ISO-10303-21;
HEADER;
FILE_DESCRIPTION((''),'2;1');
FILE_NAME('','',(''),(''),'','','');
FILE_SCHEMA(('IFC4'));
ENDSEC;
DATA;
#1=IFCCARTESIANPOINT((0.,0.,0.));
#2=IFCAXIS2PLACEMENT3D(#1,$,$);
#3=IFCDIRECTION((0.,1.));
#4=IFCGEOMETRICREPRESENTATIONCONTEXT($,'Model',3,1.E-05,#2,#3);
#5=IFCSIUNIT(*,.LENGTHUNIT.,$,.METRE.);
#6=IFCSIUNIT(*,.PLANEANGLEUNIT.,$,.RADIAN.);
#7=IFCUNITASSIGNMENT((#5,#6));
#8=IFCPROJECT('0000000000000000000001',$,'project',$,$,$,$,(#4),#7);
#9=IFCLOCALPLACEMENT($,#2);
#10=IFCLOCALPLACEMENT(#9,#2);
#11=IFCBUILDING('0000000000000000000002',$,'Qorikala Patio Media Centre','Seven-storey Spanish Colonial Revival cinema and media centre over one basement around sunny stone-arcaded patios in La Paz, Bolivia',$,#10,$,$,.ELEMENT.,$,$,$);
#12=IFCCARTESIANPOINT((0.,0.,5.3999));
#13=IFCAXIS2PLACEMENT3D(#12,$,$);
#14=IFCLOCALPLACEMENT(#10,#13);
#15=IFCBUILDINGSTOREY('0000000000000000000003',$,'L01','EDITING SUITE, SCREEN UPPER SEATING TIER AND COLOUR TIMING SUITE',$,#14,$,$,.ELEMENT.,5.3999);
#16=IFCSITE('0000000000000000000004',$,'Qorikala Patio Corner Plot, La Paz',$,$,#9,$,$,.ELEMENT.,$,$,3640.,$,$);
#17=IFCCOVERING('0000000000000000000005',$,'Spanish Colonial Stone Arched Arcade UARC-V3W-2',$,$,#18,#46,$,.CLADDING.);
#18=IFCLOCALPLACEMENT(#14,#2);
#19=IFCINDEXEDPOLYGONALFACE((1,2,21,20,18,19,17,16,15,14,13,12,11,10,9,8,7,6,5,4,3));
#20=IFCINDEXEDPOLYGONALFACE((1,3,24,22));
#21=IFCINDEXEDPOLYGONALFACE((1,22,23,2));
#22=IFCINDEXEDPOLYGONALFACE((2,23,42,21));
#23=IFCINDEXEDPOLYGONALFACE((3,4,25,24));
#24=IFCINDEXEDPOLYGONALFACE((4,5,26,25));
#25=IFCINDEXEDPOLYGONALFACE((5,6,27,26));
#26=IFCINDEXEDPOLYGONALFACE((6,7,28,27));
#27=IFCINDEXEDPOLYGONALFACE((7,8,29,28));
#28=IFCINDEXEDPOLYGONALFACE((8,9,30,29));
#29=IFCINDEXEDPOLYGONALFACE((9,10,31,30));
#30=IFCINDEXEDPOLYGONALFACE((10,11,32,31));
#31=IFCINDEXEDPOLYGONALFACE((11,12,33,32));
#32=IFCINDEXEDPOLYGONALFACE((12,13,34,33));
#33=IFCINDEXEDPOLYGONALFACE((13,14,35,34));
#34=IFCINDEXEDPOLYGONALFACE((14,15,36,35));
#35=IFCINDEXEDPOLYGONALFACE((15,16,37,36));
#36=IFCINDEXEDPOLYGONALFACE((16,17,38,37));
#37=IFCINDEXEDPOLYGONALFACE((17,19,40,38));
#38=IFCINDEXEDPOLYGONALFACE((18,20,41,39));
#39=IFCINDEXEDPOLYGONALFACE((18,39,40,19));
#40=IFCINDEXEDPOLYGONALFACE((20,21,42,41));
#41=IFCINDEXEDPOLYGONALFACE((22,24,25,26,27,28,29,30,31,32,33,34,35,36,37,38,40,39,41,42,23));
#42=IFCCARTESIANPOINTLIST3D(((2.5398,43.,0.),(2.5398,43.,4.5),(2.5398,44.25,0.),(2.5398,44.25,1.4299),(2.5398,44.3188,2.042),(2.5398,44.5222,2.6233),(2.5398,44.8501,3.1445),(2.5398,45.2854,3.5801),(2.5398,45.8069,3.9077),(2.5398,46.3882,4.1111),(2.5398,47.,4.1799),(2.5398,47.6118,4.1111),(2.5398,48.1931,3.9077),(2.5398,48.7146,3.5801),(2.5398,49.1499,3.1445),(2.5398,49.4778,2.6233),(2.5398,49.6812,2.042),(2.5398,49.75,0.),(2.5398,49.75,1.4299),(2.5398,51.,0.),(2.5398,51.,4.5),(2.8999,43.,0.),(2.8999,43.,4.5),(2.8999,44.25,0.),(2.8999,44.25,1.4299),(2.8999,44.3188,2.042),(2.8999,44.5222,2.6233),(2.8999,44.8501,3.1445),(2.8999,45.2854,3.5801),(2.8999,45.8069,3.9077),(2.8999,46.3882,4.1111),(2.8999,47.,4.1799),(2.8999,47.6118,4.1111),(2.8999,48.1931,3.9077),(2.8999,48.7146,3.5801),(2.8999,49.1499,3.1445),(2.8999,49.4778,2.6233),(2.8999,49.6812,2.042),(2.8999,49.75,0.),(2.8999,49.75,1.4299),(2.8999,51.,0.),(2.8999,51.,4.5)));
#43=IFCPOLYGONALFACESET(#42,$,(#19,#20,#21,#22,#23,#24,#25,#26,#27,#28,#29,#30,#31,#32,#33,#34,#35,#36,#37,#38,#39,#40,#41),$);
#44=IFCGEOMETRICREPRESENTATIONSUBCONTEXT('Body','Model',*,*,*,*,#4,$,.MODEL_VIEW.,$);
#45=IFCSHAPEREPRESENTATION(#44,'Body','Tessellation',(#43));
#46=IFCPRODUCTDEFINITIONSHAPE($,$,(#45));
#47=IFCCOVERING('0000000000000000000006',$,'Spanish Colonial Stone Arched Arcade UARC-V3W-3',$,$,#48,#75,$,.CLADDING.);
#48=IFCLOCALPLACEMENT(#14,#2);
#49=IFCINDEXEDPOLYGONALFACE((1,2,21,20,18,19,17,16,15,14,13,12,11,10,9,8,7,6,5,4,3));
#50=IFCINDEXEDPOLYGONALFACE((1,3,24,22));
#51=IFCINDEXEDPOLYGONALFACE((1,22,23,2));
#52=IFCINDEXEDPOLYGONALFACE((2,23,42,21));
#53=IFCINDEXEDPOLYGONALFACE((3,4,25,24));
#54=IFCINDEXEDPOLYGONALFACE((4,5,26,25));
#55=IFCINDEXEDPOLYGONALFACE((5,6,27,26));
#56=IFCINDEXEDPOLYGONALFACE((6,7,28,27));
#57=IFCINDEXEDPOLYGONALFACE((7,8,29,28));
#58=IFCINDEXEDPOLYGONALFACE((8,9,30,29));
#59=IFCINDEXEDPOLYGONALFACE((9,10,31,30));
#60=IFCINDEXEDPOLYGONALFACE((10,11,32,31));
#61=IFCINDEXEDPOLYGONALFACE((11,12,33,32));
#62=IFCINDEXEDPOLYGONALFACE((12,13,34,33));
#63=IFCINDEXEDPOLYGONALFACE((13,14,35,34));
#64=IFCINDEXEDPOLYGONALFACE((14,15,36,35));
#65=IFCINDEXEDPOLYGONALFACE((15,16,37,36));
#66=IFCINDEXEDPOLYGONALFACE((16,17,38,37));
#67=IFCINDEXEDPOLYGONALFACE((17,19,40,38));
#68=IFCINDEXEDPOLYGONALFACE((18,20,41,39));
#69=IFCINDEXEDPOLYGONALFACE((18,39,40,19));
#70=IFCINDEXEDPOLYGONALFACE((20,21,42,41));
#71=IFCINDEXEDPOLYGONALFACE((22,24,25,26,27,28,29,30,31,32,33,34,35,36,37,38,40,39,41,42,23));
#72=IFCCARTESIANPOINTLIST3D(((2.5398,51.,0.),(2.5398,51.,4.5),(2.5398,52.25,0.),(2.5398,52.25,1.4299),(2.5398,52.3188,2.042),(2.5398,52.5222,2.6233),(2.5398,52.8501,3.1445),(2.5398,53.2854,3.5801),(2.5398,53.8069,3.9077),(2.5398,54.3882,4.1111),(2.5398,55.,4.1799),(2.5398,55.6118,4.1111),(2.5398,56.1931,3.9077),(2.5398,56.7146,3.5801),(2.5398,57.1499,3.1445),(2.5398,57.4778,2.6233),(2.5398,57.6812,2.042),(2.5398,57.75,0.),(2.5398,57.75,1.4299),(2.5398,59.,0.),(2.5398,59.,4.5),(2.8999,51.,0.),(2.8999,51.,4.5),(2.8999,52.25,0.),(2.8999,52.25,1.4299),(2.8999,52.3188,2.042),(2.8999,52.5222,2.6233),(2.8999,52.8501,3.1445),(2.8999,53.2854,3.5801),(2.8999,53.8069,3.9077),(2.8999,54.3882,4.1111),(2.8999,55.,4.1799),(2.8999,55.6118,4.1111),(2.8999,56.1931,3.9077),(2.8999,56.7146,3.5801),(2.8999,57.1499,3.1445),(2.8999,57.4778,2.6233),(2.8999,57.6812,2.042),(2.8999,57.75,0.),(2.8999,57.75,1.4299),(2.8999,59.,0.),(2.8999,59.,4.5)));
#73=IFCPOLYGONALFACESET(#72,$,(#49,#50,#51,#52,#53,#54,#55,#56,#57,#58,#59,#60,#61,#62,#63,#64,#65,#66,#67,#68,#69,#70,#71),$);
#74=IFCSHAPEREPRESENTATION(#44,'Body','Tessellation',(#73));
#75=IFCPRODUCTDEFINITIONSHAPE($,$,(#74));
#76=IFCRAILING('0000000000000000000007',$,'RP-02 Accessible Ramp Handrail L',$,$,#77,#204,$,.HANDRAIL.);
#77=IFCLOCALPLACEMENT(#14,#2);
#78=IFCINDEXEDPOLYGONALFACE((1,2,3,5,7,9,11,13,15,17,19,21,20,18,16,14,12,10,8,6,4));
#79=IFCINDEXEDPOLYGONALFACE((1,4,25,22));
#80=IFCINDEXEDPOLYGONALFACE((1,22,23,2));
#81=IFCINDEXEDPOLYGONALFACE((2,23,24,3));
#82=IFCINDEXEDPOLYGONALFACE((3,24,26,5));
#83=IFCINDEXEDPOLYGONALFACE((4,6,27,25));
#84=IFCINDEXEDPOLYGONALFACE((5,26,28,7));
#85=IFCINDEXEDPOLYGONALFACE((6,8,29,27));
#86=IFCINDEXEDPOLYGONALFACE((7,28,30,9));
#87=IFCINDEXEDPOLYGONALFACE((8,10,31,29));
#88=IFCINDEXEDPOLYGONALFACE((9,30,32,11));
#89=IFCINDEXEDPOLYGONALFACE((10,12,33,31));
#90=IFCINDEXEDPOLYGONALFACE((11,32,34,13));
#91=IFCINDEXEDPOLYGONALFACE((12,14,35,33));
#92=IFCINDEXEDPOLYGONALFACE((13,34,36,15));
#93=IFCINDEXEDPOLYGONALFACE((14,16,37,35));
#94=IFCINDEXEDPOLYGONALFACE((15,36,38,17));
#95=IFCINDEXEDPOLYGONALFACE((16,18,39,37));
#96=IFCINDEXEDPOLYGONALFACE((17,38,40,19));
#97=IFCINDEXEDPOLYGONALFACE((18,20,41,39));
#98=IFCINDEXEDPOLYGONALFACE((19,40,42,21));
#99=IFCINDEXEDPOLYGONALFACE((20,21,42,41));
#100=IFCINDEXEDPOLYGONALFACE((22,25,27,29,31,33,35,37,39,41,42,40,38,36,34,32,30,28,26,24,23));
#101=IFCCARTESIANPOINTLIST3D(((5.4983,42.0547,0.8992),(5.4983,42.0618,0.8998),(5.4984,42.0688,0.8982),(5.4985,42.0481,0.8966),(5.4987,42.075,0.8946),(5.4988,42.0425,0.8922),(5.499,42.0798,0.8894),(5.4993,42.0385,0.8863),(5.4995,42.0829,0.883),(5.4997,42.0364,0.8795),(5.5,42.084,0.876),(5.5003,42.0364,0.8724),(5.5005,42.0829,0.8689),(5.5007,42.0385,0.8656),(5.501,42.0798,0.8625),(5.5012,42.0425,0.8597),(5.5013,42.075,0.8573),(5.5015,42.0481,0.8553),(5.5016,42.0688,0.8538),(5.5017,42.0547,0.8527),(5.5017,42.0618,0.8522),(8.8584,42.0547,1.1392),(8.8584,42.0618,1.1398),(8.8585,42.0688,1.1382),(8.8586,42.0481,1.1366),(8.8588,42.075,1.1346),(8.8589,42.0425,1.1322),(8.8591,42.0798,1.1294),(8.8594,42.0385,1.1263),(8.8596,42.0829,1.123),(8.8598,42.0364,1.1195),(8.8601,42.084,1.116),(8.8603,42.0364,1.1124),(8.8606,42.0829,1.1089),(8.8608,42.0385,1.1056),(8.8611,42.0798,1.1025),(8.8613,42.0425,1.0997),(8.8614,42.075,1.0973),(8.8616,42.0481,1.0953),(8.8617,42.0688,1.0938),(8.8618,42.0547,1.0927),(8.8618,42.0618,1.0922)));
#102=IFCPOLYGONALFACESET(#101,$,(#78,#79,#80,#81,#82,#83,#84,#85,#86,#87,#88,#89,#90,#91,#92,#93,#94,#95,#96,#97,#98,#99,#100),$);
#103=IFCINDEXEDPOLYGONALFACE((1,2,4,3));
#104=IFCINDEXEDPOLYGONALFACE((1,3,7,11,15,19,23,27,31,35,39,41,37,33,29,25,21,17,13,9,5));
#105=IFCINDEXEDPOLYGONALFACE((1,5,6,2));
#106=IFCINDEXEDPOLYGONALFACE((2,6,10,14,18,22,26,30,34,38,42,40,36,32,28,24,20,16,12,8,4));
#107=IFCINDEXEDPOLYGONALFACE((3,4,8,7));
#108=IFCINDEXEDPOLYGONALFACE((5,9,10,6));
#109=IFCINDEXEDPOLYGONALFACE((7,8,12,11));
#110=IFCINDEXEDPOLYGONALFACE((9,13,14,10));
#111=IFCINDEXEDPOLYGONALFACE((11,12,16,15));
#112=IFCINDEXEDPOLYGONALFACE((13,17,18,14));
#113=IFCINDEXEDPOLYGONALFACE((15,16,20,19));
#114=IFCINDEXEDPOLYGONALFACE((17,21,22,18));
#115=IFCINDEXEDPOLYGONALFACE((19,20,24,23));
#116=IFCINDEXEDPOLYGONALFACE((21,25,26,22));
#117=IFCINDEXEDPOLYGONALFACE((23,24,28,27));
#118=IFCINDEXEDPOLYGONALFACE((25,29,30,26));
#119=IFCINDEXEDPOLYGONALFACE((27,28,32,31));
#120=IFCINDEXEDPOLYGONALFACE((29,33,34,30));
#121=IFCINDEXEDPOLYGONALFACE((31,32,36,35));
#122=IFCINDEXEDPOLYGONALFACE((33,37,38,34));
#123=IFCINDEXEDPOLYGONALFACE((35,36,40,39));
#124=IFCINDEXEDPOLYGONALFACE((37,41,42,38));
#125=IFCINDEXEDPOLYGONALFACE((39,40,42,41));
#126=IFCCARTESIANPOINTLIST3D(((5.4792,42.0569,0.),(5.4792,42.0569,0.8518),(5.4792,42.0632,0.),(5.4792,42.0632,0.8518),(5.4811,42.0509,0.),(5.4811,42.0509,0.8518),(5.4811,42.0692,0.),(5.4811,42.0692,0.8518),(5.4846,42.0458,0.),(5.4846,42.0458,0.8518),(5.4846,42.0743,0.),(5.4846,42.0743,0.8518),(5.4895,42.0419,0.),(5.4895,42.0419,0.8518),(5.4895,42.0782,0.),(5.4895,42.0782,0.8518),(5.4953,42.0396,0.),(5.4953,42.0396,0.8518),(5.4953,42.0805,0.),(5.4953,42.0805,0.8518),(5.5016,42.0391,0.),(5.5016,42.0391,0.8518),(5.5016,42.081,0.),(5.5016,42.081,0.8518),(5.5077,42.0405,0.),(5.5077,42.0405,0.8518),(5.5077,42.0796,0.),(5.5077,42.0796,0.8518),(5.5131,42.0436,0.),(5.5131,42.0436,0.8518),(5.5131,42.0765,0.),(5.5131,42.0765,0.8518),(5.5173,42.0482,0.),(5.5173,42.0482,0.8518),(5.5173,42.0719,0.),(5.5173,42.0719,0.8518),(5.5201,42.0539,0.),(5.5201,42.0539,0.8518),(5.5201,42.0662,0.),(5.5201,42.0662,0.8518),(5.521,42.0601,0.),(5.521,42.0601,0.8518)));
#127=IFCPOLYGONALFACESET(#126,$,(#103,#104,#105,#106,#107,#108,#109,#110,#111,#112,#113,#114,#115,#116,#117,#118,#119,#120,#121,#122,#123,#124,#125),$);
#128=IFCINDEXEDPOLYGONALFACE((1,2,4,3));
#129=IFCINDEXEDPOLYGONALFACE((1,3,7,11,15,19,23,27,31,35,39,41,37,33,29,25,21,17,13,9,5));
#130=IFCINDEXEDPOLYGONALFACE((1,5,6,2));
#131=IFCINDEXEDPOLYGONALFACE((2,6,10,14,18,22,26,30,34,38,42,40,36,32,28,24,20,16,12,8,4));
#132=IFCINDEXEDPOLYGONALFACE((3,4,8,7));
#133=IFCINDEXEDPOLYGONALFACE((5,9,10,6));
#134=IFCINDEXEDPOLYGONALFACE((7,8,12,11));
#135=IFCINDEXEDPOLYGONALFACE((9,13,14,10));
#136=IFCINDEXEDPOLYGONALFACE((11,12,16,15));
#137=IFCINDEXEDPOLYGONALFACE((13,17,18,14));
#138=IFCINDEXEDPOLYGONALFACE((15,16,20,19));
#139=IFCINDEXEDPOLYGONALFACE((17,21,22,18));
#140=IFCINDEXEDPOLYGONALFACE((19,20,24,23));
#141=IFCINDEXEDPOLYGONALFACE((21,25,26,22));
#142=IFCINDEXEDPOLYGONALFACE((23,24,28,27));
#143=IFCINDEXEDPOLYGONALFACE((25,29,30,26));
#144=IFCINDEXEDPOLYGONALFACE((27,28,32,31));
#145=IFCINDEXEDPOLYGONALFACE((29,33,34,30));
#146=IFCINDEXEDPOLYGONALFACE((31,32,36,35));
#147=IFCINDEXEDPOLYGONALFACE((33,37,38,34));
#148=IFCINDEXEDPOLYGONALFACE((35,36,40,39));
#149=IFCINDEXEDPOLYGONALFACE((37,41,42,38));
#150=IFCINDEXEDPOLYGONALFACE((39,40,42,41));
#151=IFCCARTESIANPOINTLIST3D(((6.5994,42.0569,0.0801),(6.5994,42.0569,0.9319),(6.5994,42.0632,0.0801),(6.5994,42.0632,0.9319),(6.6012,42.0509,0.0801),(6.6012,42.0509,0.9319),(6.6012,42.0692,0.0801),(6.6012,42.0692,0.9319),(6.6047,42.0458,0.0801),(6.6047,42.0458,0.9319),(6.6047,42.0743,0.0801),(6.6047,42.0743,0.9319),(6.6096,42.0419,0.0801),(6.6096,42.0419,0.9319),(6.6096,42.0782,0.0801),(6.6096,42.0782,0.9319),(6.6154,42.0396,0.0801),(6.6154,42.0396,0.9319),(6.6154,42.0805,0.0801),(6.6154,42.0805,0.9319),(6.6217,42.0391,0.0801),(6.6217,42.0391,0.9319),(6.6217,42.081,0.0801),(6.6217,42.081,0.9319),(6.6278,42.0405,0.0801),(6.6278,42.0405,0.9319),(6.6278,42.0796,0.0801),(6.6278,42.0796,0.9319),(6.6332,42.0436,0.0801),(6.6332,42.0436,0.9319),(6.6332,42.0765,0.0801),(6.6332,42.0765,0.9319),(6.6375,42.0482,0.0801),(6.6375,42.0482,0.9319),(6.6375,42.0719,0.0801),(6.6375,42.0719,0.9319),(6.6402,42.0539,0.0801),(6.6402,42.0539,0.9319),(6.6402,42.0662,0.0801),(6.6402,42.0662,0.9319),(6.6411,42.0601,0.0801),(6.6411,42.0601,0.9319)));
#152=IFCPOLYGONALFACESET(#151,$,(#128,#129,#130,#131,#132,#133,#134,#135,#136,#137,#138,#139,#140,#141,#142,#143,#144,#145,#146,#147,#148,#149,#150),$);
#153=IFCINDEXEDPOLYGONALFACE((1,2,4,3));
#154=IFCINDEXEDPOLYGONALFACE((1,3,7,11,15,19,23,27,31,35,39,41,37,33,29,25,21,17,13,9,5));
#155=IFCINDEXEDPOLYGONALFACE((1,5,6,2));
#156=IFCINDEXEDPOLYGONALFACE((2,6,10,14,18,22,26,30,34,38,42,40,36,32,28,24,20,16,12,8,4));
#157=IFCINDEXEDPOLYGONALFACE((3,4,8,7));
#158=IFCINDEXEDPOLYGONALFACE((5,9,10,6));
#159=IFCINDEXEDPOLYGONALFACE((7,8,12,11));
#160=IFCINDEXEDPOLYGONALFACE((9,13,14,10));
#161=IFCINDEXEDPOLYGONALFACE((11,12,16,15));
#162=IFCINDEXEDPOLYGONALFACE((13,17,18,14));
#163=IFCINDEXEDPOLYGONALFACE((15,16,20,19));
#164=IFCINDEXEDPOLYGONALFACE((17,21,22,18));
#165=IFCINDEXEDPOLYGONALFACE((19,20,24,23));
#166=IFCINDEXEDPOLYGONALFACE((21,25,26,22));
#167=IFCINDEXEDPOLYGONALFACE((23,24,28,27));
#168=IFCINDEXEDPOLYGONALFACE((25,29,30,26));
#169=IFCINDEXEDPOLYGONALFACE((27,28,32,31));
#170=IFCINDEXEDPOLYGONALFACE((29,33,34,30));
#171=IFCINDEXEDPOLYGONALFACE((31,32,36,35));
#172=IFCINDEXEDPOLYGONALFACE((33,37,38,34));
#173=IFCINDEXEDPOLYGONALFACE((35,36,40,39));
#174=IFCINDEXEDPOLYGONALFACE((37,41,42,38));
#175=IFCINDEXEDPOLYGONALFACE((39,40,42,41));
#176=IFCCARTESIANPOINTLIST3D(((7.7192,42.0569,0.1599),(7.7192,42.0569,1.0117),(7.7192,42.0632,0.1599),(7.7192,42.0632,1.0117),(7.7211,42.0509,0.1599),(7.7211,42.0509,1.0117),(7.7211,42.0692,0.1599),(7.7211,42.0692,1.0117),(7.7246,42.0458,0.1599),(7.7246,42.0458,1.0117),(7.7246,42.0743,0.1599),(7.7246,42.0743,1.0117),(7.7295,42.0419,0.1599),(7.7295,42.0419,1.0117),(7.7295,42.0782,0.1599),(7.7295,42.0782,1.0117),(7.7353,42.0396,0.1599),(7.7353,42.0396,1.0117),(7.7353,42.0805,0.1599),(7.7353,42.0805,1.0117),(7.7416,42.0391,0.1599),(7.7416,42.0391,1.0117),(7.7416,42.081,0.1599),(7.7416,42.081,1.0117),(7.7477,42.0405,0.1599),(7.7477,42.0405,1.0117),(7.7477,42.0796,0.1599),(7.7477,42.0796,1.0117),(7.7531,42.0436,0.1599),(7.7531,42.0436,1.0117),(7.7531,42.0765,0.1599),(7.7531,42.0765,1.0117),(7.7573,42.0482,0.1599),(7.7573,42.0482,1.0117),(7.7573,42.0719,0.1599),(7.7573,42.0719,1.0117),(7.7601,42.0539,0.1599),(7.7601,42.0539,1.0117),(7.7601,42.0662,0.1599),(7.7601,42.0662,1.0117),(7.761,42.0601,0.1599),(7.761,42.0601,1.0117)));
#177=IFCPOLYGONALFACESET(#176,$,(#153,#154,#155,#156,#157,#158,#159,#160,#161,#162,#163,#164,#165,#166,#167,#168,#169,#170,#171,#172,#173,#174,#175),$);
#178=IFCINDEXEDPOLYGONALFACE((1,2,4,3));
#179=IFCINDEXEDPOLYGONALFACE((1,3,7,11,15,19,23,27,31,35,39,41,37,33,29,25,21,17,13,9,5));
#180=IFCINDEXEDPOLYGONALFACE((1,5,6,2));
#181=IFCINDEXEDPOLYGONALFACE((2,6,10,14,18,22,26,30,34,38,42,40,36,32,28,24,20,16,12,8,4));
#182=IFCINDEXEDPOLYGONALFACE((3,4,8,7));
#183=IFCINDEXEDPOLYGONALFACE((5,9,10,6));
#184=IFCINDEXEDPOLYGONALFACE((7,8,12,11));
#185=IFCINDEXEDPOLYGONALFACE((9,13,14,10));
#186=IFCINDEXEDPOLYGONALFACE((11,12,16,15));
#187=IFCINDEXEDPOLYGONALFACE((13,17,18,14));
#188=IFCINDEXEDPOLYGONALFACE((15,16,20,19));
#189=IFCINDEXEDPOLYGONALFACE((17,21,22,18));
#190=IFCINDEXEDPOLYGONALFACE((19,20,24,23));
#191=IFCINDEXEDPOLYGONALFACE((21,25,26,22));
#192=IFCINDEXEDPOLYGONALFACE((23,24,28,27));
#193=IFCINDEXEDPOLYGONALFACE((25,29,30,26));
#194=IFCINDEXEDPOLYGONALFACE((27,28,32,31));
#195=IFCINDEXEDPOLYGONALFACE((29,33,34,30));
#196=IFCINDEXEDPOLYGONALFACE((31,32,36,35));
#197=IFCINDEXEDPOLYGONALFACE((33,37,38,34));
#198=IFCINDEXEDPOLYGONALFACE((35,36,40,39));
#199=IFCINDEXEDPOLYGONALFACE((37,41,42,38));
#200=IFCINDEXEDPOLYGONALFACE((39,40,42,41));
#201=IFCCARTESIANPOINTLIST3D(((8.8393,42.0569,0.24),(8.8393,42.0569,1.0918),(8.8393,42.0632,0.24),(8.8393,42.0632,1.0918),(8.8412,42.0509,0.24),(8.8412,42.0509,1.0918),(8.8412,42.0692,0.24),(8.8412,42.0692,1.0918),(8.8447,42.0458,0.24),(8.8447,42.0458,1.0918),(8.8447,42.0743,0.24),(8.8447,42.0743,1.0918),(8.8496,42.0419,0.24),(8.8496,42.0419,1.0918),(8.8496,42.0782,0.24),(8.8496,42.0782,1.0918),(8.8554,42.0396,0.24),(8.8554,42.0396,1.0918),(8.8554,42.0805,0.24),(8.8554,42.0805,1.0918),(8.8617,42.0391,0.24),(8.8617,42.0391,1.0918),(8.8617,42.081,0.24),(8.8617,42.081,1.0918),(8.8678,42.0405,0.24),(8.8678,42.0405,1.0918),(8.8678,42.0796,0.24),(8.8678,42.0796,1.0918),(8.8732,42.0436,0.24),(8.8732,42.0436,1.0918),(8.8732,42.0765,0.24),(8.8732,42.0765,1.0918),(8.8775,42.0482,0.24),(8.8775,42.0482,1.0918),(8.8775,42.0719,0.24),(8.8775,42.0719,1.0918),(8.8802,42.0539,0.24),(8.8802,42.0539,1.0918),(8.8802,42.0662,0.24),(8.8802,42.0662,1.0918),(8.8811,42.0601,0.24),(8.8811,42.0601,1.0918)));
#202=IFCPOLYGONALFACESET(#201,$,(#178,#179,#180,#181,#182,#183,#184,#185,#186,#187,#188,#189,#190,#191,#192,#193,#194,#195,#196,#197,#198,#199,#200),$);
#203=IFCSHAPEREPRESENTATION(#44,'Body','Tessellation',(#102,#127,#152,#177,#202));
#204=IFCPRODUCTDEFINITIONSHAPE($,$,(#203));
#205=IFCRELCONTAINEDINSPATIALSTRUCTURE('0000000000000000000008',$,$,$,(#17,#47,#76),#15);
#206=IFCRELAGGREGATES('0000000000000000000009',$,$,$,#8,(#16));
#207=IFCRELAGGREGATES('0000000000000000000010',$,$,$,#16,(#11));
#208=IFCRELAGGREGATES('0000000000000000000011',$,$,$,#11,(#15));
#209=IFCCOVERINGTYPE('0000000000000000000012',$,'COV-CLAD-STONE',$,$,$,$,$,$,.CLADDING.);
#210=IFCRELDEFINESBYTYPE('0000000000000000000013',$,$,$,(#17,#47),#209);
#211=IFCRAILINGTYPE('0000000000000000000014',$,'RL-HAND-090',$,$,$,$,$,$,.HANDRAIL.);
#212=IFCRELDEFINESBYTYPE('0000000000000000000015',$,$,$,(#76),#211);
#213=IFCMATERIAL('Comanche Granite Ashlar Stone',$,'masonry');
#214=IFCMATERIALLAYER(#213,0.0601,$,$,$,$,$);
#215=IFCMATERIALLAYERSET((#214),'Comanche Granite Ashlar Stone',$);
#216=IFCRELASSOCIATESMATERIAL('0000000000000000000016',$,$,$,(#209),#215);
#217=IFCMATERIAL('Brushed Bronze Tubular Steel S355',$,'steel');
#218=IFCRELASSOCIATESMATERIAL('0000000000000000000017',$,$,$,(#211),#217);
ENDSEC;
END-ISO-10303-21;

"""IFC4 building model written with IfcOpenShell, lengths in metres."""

from ifc_helpers import new_model, si_unit, direction, frame, origin, origin_2d, place, context, subcontext, project, spatial, polyline, circle, outline, extrude, material, layer, layer_set, type_object, element, save


model = new_model("IFC4")

# Units and contexts
model_context = context("Model", 3, precision=1e-05, world=origin(), true_north=direction((0.0, 1.0)))
body_context = subcontext(model_context, "Body", "Model", "MODEL_VIEW")
ifc_project = project(units=[si_unit("LENGTHUNIT", "METRE"), si_unit("PLANEANGLEUNIT", "RADIAN")], contexts=[model_context])

# Site, building, storey
site_placement = place(None, origin())
site = spatial("IfcSite", under=ifc_project, at=site_placement, Name="Qorikala Patio Corner Plot, La Paz", CompositionType="ELEMENT", RefElevation=3640.0)
building_placement = place(site_placement, origin())
building = spatial("IfcBuilding", under=site, at=building_placement, Name="Qorikala Patio Media Centre", Description="Seven-storey Spanish Colonial Revival cinema and media centre over one basement around sunny stone-arcaded patios in La Paz, Bolivia", CompositionType="ELEMENT")
storey_placement = place(building_placement, frame((0.0, 0.0, 5.3999)))
storey = spatial("IfcBuildingStorey", under=building, at=storey_placement, Name="L01", Description="EDITING SUITE, SCREEN UPPER SEATING TIER AND COLOUR TIMING SUITE", CompositionType="ELEMENT", Elevation=5.3999)

# Coverings
ifc_material_1 = material(Name="Comanche Granite Ashlar Stone", Category="masonry")
ifc_layer_1 = layer(ifc_material_1, 0.0601)
ifc_layer_set_1 = layer_set([ifc_layer_1], Name="Comanche Granite Ashlar Stone")
covering_type = type_object("IfcCoveringType", Name="COV-CLAD-STONE", PredefinedType="CLADDING", material=ifc_layer_set_1)
for number, where, z_axis, x_axis, name in (
    (1, (2.72, 43.0, 0.0), (0.0, 0.0, 1.0), (0.0, 1.0, 0.0), "Spanish Colonial Stone Arched Arcade UARC-V3W-2"),
    (2, (2.72, 51.0, 0.0), (0.0, 0.0, 1.0), (0.0, 1.0, 0.0), "Spanish Colonial Stone Arched Arcade UARC-V3W-3"),
):
    element("IfcCovering", number, at=place(storey_placement, frame(where, z_axis=z_axis, x_axis=x_axis)), inside=storey, type_object=covering_type, Name=name, PredefinedType="CLADDING", context=body_context, shape_type="SweptSolid", body=[
        extrude(outline(polyline([(0.0, 0.0), (1.25, 0.0), (1.25, 1.4299), (1.3188, 2.042), (1.5222, 2.6233), (1.8501, 3.1445), (2.2854, 3.5801), (2.8069, 3.9077), (3.3882, 4.1111), (4.0, 4.1799), (4.6118, 4.1111), (5.1931, 3.9077), (5.7146, 3.5801), (6.1499, 3.1445), (6.4778, 2.6233), (6.6812, 2.042), (6.75, 1.4299), (6.75, 0.0), (8.0, 0.0), (8.0, 4.5), (0.0, 4.5), (0.0, 0.0)])), frame((0.0, 0.1802, 0.0), z_axis=(0.0, -1.0, 0.0), x_axis=(1.0, 0.0, 0.0)), (0.0, 0.0, 1.0), 0.3601),
    ])

# Railing
ifc_material_2 = material(Name="Brushed Bronze Tubular Steel S355", Category="steel")
railing_type = type_object("IfcRailingType", Name="RL-HAND-090", PredefinedType="HANDRAIL", material=ifc_material_2)
for number, where, name in (
    (3, (5.5, 42.0601, 0.0), "RP-02 Accessible Ramp Handrail L"),
):
    element("IfcRailing", number, at=place(storey_placement, frame(where)), inside=storey, type_object=railing_type, Name=name, PredefinedType="HANDRAIL", context=body_context, shape_type="SweptSolid", body=[
        extrude(circle(Radius=0.0239, at=origin_2d()), frame((0.0, 0.0, 0.876), z_axis=(0.997459, 0.0, 0.071242), x_axis=(0.0, 1.0, 0.0)), (0.0, 0.0, 1.0), 3.3687),
        extrude(circle(Radius=0.021, at=origin_2d()), origin(), (0.0, 0.0, 1.0), 0.8518),
        extrude(circle(Radius=0.021, at=origin_2d()), frame((1.1201, 0.0, 0.0801)), (0.0, 0.0, 1.0), 0.8518),
        extrude(circle(Radius=0.021, at=origin_2d()), frame((2.24, 0.0, 0.1599)), (0.0, 0.0, 1.0), 0.8518),
        extrude(circle(Radius=0.021, at=origin_2d()), frame((3.3601, 0.0, 0.24)), (0.0, 0.0, 1.0), 0.8518),
    ])

save(model, "model.ifc")
